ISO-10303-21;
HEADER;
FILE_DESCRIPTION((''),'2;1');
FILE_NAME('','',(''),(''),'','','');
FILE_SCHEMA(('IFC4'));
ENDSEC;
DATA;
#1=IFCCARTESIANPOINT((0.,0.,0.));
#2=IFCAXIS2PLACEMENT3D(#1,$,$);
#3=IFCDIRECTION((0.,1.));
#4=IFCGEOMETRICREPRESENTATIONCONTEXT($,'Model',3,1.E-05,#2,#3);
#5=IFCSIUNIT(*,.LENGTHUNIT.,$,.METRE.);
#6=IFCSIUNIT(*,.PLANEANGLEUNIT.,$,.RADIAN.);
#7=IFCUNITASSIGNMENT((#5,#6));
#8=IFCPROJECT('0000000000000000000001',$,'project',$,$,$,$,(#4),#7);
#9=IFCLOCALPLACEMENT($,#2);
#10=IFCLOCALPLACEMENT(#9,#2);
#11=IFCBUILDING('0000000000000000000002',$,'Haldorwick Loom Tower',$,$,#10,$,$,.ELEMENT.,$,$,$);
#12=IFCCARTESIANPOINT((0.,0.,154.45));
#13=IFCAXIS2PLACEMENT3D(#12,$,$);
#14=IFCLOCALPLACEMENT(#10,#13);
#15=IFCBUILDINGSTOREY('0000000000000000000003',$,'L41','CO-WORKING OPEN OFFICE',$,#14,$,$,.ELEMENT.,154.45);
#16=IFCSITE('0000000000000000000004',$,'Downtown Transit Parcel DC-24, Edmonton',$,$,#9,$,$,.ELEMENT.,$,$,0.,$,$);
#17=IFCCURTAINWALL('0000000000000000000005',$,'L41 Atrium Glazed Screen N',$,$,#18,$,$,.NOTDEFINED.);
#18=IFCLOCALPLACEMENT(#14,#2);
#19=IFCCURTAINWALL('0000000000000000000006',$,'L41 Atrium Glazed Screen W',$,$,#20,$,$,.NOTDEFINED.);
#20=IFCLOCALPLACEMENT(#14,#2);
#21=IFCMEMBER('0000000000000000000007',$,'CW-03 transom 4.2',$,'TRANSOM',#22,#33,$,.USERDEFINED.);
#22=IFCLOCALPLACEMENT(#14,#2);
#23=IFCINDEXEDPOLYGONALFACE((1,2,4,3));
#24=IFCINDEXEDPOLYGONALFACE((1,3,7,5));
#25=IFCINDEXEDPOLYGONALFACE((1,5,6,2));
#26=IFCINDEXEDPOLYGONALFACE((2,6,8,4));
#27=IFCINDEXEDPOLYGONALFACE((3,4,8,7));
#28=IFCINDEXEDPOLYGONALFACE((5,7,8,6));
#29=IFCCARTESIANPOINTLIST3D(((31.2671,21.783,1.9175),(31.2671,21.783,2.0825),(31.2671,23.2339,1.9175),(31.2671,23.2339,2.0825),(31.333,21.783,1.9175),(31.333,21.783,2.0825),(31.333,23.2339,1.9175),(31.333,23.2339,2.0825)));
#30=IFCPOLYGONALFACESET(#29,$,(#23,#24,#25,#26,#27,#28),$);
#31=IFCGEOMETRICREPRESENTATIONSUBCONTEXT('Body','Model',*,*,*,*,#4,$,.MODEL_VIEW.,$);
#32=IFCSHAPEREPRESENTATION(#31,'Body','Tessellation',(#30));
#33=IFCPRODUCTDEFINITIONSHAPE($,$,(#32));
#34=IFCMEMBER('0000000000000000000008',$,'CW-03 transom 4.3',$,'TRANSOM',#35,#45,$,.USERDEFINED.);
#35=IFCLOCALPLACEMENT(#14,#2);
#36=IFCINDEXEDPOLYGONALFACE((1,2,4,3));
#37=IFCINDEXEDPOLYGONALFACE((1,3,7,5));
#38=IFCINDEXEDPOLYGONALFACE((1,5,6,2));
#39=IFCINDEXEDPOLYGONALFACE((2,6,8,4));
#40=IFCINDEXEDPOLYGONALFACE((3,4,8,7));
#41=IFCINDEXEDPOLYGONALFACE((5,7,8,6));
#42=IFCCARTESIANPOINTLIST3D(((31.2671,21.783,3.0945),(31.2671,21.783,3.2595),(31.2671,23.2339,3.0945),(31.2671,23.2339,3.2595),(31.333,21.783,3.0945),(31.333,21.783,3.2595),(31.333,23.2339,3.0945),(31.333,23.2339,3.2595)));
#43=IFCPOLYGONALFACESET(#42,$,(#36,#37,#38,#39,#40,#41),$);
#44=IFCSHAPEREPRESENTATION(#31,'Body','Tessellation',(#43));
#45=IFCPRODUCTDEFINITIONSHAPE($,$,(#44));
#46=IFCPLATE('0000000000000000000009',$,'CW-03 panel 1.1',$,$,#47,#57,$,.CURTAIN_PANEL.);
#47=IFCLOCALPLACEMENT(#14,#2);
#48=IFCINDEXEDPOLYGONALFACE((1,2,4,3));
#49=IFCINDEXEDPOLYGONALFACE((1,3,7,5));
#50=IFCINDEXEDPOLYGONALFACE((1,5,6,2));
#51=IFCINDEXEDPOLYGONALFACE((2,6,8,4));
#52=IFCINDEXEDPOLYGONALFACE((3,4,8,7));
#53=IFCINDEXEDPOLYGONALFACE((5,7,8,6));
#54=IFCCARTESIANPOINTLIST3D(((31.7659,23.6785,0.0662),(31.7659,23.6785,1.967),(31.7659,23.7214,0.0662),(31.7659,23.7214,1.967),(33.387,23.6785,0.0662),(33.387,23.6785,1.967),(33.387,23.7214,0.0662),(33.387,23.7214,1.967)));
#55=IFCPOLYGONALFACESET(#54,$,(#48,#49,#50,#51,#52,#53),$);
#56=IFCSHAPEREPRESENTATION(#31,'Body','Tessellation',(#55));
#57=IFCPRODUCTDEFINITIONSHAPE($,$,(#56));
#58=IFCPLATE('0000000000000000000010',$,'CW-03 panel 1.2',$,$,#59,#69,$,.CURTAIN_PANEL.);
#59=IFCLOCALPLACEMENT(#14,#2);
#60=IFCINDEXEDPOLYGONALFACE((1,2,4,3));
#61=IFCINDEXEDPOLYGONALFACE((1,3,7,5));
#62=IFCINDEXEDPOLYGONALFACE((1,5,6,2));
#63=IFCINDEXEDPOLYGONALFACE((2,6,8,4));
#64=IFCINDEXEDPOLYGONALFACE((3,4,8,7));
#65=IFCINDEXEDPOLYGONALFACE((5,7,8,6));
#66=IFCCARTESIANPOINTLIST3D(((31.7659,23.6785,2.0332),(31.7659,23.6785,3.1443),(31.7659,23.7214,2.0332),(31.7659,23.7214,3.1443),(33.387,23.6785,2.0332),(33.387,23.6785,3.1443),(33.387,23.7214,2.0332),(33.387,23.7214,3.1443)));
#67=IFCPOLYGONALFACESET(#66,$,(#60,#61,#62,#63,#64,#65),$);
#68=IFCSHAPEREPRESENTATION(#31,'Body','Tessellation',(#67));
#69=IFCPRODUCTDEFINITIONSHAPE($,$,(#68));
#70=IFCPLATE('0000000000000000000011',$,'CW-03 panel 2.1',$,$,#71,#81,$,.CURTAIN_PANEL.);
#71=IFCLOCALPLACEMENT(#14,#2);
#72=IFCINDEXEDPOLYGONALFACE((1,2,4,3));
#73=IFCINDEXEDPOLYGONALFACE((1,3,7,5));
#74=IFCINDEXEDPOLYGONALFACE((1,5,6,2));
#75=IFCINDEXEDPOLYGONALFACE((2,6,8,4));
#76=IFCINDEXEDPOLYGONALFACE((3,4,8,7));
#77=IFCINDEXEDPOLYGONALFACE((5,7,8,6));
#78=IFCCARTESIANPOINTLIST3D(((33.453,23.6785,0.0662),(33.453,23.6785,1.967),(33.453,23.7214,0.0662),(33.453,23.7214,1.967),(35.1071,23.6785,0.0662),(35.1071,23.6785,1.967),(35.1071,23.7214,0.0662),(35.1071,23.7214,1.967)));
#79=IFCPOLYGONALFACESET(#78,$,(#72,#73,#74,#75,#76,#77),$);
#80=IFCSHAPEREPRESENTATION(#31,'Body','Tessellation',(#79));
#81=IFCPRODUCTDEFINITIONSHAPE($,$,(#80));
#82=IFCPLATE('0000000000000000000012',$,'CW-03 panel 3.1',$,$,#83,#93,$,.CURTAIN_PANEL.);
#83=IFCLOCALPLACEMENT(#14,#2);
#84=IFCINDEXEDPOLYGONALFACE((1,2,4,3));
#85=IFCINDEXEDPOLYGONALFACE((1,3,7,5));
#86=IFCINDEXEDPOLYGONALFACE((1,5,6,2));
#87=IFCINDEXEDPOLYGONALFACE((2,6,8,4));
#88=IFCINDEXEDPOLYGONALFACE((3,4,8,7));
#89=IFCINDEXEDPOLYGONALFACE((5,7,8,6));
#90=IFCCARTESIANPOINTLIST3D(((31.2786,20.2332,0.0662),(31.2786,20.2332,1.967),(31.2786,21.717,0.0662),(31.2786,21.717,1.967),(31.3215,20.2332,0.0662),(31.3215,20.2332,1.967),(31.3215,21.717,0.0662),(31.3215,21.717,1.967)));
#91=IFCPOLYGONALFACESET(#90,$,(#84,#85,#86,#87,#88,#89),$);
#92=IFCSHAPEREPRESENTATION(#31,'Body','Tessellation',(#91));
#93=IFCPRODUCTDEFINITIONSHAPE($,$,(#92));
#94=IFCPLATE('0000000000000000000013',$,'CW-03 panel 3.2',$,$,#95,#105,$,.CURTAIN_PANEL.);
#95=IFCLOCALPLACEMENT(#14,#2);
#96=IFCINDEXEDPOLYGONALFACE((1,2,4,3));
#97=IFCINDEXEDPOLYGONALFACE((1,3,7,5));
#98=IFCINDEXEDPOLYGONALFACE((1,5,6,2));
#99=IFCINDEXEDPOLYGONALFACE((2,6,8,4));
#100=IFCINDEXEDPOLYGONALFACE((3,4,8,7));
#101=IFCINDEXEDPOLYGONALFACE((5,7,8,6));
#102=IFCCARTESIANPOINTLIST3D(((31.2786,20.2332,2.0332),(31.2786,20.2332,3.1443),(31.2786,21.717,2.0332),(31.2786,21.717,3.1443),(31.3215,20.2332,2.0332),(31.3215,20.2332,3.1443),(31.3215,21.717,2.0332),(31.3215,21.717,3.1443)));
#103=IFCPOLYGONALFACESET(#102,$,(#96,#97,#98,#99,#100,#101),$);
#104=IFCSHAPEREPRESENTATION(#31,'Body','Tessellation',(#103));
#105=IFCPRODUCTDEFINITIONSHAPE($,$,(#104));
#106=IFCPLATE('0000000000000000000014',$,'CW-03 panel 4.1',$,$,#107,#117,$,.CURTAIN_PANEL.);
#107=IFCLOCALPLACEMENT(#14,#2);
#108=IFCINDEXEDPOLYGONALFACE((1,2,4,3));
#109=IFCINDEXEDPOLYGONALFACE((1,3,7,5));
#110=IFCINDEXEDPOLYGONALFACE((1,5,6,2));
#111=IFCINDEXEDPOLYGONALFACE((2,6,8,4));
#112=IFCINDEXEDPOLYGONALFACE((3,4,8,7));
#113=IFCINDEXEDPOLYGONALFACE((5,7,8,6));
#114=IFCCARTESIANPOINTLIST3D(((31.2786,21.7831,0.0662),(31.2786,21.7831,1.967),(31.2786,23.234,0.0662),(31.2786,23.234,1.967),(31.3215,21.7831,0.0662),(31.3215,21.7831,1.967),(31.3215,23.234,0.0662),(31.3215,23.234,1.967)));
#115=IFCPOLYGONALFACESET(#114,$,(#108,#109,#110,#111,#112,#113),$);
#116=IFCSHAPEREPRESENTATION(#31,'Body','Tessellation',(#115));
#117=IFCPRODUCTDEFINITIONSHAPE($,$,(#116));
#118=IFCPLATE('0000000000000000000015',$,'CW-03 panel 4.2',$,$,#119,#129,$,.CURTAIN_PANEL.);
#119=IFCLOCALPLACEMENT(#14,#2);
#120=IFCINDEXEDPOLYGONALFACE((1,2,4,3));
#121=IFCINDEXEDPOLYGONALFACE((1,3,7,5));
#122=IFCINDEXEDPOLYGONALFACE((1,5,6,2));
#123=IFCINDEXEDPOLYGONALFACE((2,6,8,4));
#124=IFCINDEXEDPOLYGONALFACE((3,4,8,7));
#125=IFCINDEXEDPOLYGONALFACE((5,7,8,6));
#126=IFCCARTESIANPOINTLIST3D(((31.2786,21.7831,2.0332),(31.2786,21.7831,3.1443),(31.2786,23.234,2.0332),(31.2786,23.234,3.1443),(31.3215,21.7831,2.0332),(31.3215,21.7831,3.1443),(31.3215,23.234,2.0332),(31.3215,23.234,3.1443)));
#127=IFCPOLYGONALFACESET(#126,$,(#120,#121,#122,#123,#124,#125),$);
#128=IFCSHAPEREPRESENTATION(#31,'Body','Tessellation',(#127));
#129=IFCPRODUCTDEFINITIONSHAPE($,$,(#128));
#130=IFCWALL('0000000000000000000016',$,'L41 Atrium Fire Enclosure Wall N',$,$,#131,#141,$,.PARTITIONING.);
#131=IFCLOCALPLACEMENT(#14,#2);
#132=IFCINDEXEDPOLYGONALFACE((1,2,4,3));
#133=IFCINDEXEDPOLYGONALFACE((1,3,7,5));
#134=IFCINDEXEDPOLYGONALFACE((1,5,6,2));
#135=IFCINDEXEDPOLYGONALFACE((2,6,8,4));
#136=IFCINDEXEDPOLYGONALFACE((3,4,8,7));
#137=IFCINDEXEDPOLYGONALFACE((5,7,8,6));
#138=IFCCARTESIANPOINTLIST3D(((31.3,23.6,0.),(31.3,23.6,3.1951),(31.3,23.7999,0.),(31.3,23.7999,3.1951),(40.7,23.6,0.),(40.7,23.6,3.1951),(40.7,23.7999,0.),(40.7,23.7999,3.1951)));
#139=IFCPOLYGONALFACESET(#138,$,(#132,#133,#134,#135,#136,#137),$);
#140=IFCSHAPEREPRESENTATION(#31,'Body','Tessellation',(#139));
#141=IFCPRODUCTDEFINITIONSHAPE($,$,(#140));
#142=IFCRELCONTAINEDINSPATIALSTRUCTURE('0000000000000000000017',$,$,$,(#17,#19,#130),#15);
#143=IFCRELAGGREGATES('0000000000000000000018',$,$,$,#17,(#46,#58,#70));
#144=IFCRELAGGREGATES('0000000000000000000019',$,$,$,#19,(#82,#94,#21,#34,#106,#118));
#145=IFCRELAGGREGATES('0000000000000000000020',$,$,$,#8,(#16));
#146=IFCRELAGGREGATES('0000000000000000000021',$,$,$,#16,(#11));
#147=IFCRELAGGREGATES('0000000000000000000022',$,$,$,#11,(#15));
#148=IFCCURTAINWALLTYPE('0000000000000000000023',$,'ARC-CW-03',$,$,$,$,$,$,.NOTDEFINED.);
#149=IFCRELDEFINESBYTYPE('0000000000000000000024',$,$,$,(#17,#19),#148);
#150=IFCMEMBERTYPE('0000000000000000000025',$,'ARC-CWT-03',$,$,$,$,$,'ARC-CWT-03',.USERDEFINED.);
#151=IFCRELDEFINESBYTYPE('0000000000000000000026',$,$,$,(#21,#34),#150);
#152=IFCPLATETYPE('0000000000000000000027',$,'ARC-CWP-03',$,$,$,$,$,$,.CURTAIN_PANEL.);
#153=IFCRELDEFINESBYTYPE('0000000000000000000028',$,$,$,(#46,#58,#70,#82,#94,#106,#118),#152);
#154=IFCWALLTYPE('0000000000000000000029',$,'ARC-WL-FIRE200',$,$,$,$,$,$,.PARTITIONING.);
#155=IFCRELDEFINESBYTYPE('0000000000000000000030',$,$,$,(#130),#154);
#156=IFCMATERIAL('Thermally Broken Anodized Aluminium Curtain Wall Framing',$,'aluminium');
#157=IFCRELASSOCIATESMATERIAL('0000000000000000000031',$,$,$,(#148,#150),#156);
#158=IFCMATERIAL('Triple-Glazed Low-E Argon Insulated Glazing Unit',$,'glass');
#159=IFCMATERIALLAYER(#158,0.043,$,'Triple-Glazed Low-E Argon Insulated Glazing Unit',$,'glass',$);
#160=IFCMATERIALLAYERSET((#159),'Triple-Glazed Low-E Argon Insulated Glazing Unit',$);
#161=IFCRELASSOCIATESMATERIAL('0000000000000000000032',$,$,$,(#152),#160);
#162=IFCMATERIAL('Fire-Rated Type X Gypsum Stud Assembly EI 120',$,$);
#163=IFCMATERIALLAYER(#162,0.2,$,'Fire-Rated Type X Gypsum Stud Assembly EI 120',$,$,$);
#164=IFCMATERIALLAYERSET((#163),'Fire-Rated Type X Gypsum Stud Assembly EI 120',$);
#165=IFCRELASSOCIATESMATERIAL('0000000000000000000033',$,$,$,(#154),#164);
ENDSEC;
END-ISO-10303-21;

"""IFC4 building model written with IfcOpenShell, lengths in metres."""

from ifc_helpers import new_model, si_unit, direction, frame, frame_2d, origin, origin_2d, place, context, subcontext, project, spatial, rectangle, extrude, material, layer, layer_set, material_profile, profile_set, type_object, element, aggregate, save


model = new_model("IFC4")

# Units and contexts
model_context = context("Model", 3, precision=1e-05, world=origin(), true_north=direction((0.0, 1.0)))
body_context = subcontext(model_context, "Body", "Model", "MODEL_VIEW")
ifc_project = project(units=[si_unit("LENGTHUNIT", "METRE"), si_unit("PLANEANGLEUNIT", "RADIAN")], contexts=[model_context])

# Site, building, storey
site_placement = place(None, origin())
site = spatial("IfcSite", under=ifc_project, at=site_placement, Name="Downtown Transit Parcel DC-24, Edmonton", CompositionType="ELEMENT", RefElevation=0.0)
building_placement = place(site_placement, origin())
building = spatial("IfcBuilding", under=site, at=building_placement, Name="Haldorwick Loom Tower", CompositionType="ELEMENT")
storey_placement = place(building_placement, frame((0.0, 0.0, 154.45)))
storey = spatial("IfcBuildingStorey", under=building, at=storey_placement, Name="L41", Description="CO-WORKING OPEN OFFICE", CompositionType="ELEMENT", Elevation=154.45)

# Curtain walls
ifc_material_1 = material(Name="Thermally Broken Anodized Aluminium Curtain Wall Framing", Category="aluminium")
curtain_wall_type = type_object("IfcCurtainWallType", Name="ARC-CW-03", PredefinedType="NOTDEFINED", material=ifc_material_1)
curtain_wall_1_placement = place(storey_placement, origin())
curtain_wall_1 = element("IfcCurtainWall", 1, at=curtain_wall_1_placement, inside=storey, type_object=curtain_wall_type, Name="L41 Atrium Glazed Screen N", PredefinedType="NOTDEFINED")
curtain_wall_2_placement = place(storey_placement, origin())
curtain_wall_2 = element("IfcCurtainWall", 2, at=curtain_wall_2_placement, inside=storey, type_object=curtain_wall_type, Name="L41 Atrium Glazed Screen W", PredefinedType="NOTDEFINED")

# Members
ifc_material_profile_1 = material_profile(ifc_material_1, rectangle(XDim=0.0659, YDim=0.165, at=origin_2d()), Name="ALU_TRN_66X165", Category="aluminium")
ifc_profile_set_1 = profile_set([ifc_material_profile_1], Name="Thermally Broken Anodized Aluminium Curtain Wall Framing")
member_type_1 = type_object("IfcMemberType", Name="ARC-CWT-03", ElementType="ARC-CWT-03", PredefinedType="USERDEFINED", material=ifc_profile_set_1)
member_1_placement = place(storey_placement, frame((31.3, 21.783, 2.0), z_axis=(0.0, 1.0, 0.0), x_axis=(-1.0, 0.0, 0.0)))
member_1 = element("IfcMember", 3, at=member_1_placement, type_object=member_type_1, Name="CW-03 transom 4.2", ObjectType="TRANSOM", PredefinedType="USERDEFINED", context=body_context, shape_type="SweptSolid", body=[
    extrude(rectangle(XDim=0.0659, YDim=0.165, at=origin_2d()), origin(), (0.0, 0.0, 1.0), 1.4509),
])
member_2_placement = place(storey_placement, frame((31.3, 21.783, 3.177), z_axis=(0.0, 1.0, 0.0), x_axis=(-1.0, 0.0, 0.0)))
member_2 = element("IfcMember", 4, at=member_2_placement, type_object=member_type_1, Name="CW-03 transom 4.3", ObjectType="TRANSOM", PredefinedType="USERDEFINED", context=body_context, shape_type="SweptSolid", body=[
    extrude(rectangle(XDim=0.0659, YDim=0.165, at=origin_2d()), origin(), (0.0, 0.0, 1.0), 1.4509),
])

# Plates
ifc_material_2 = material(Name="Triple-Glazed Low-E Argon Insulated Glazing Unit", Category="glass")
ifc_layer_1 = layer(ifc_material_2, 0.043, Name="Triple-Glazed Low-E Argon Insulated Glazing Unit", Category="glass")
ifc_layer_set_1 = layer_set([ifc_layer_1], Name="Triple-Glazed Low-E Argon Insulated Glazing Unit")
plate_type = type_object("IfcPlateType", Name="ARC-CWP-03", PredefinedType="CURTAIN_PANEL", material=ifc_layer_set_1)
plate_1_placement = place(storey_placement, frame((32.5764, 23.7, 0.0662), z_axis=(0.0, 0.0, 1.0), x_axis=(1.0, 0.0, 0.0)))
plate_1 = element("IfcPlate", 5, at=plate_1_placement, type_object=plate_type, Name="CW-03 panel 1.1", PredefinedType="CURTAIN_PANEL", context=body_context, shape_type="SweptSolid", body=[
    extrude(rectangle(XDim=1.6211, YDim=0.043, at=origin_2d()), origin(), (0.0, 0.0, 1.0), 1.9009),
])
plate_2_placement = place(storey_placement, frame((32.5764, 23.7, 2.0332), z_axis=(0.0, 0.0, 1.0), x_axis=(1.0, 0.0, 0.0)))
plate_2 = element("IfcPlate", 6, at=plate_2_placement, type_object=plate_type, Name="CW-03 panel 1.2", PredefinedType="CURTAIN_PANEL", context=body_context, shape_type="SweptSolid", body=[
    extrude(rectangle(XDim=1.6211, YDim=0.043, at=origin_2d()), origin(), (0.0, 0.0, 1.0), 1.1111),
])
plate_3_placement = place(storey_placement, frame((34.28, 23.7, 0.0662), z_axis=(0.0, 0.0, 1.0), x_axis=(1.0, 0.0, 0.0)))
plate_3 = element("IfcPlate", 7, at=plate_3_placement, type_object=plate_type, Name="CW-03 panel 2.1", PredefinedType="CURTAIN_PANEL", context=body_context, shape_type="SweptSolid", body=[
    extrude(rectangle(XDim=1.6541, YDim=0.043, at=origin_2d()), origin(), (0.0, 0.0, 1.0), 1.9009),
])
aggregate(curtain_wall_1, [plate_1, plate_2, plate_3])
plate_4_placement = place(storey_placement, frame((31.3, 20.9751, 0.0662), z_axis=(0.0, 0.0, 1.0), x_axis=(0.0, 1.0, 0.0)))
plate_4 = element("IfcPlate", 8, at=plate_4_placement, type_object=plate_type, Name="CW-03 panel 3.1", PredefinedType="CURTAIN_PANEL", context=body_context, shape_type="SweptSolid", body=[
    extrude(rectangle(XDim=1.4839, YDim=0.043, at=origin_2d()), origin(), (0.0, 0.0, 1.0), 1.9009),
])
plate_5_placement = place(storey_placement, frame((31.3, 20.9751, 2.0332), z_axis=(0.0, 0.0, 1.0), x_axis=(0.0, 1.0, 0.0)))
plate_5 = element("IfcPlate", 9, at=plate_5_placement, type_object=plate_type, Name="CW-03 panel 3.2", PredefinedType="CURTAIN_PANEL", context=body_context, shape_type="SweptSolid", body=[
    extrude(rectangle(XDim=1.4839, YDim=0.043, at=origin_2d()), origin(), (0.0, 0.0, 1.0), 1.1111),
])
plate_6_placement = place(storey_placement, frame((31.3, 22.5085, 0.0662), z_axis=(0.0, 0.0, 1.0), x_axis=(0.0, 1.0, 0.0)))
plate_6 = element("IfcPlate", 10, at=plate_6_placement, type_object=plate_type, Name="CW-03 panel 4.1", PredefinedType="CURTAIN_PANEL", context=body_context, shape_type="SweptSolid", body=[
    extrude(rectangle(XDim=1.4509, YDim=0.043, at=origin_2d()), origin(), (0.0, 0.0, 1.0), 1.9009),
])
plate_7_placement = place(storey_placement, frame((31.3, 22.5085, 2.0332), z_axis=(0.0, 0.0, 1.0), x_axis=(0.0, 1.0, 0.0)))
plate_7 = element("IfcPlate", 11, at=plate_7_placement, type_object=plate_type, Name="CW-03 panel 4.2", PredefinedType="CURTAIN_PANEL", context=body_context, shape_type="SweptSolid", body=[
    extrude(rectangle(XDim=1.4509, YDim=0.043, at=origin_2d()), origin(), (0.0, 0.0, 1.0), 1.1111),
])
aggregate(curtain_wall_2, [plate_4, plate_5, member_1, member_2, plate_6, plate_7])

# Wall
ifc_material_3 = material(Name="Fire-Rated Type X Gypsum Stud Assembly EI 120")
ifc_layer_2 = layer(ifc_material_3, 0.2, Name="Fire-Rated Type X Gypsum Stud Assembly EI 120")
ifc_layer_set_2 = layer_set([ifc_layer_2], Name="Fire-Rated Type X Gypsum Stud Assembly EI 120")
wall_type = type_object("IfcWallType", Name="ARC-WL-FIRE200", PredefinedType="PARTITIONING", material=ifc_layer_set_2)
wall_placement = place(storey_placement, frame((31.3, 23.7, 0.0), z_axis=(0.0, 0.0, 1.0), x_axis=(1.0, 0.0, 0.0)))
element("IfcWall", 12, at=wall_placement, inside=storey, type_object=wall_type, Name="L41 Atrium Fire Enclosure Wall N", PredefinedType="PARTITIONING", context=body_context, shape_type="SweptSolid", body=[
    extrude(rectangle(XDim=9.3999, YDim=0.2, at=frame_2d((4.7, 0.0))), origin(), (0.0, 0.0, 1.0), 3.1951),
])

save(model, "model.ifc")
